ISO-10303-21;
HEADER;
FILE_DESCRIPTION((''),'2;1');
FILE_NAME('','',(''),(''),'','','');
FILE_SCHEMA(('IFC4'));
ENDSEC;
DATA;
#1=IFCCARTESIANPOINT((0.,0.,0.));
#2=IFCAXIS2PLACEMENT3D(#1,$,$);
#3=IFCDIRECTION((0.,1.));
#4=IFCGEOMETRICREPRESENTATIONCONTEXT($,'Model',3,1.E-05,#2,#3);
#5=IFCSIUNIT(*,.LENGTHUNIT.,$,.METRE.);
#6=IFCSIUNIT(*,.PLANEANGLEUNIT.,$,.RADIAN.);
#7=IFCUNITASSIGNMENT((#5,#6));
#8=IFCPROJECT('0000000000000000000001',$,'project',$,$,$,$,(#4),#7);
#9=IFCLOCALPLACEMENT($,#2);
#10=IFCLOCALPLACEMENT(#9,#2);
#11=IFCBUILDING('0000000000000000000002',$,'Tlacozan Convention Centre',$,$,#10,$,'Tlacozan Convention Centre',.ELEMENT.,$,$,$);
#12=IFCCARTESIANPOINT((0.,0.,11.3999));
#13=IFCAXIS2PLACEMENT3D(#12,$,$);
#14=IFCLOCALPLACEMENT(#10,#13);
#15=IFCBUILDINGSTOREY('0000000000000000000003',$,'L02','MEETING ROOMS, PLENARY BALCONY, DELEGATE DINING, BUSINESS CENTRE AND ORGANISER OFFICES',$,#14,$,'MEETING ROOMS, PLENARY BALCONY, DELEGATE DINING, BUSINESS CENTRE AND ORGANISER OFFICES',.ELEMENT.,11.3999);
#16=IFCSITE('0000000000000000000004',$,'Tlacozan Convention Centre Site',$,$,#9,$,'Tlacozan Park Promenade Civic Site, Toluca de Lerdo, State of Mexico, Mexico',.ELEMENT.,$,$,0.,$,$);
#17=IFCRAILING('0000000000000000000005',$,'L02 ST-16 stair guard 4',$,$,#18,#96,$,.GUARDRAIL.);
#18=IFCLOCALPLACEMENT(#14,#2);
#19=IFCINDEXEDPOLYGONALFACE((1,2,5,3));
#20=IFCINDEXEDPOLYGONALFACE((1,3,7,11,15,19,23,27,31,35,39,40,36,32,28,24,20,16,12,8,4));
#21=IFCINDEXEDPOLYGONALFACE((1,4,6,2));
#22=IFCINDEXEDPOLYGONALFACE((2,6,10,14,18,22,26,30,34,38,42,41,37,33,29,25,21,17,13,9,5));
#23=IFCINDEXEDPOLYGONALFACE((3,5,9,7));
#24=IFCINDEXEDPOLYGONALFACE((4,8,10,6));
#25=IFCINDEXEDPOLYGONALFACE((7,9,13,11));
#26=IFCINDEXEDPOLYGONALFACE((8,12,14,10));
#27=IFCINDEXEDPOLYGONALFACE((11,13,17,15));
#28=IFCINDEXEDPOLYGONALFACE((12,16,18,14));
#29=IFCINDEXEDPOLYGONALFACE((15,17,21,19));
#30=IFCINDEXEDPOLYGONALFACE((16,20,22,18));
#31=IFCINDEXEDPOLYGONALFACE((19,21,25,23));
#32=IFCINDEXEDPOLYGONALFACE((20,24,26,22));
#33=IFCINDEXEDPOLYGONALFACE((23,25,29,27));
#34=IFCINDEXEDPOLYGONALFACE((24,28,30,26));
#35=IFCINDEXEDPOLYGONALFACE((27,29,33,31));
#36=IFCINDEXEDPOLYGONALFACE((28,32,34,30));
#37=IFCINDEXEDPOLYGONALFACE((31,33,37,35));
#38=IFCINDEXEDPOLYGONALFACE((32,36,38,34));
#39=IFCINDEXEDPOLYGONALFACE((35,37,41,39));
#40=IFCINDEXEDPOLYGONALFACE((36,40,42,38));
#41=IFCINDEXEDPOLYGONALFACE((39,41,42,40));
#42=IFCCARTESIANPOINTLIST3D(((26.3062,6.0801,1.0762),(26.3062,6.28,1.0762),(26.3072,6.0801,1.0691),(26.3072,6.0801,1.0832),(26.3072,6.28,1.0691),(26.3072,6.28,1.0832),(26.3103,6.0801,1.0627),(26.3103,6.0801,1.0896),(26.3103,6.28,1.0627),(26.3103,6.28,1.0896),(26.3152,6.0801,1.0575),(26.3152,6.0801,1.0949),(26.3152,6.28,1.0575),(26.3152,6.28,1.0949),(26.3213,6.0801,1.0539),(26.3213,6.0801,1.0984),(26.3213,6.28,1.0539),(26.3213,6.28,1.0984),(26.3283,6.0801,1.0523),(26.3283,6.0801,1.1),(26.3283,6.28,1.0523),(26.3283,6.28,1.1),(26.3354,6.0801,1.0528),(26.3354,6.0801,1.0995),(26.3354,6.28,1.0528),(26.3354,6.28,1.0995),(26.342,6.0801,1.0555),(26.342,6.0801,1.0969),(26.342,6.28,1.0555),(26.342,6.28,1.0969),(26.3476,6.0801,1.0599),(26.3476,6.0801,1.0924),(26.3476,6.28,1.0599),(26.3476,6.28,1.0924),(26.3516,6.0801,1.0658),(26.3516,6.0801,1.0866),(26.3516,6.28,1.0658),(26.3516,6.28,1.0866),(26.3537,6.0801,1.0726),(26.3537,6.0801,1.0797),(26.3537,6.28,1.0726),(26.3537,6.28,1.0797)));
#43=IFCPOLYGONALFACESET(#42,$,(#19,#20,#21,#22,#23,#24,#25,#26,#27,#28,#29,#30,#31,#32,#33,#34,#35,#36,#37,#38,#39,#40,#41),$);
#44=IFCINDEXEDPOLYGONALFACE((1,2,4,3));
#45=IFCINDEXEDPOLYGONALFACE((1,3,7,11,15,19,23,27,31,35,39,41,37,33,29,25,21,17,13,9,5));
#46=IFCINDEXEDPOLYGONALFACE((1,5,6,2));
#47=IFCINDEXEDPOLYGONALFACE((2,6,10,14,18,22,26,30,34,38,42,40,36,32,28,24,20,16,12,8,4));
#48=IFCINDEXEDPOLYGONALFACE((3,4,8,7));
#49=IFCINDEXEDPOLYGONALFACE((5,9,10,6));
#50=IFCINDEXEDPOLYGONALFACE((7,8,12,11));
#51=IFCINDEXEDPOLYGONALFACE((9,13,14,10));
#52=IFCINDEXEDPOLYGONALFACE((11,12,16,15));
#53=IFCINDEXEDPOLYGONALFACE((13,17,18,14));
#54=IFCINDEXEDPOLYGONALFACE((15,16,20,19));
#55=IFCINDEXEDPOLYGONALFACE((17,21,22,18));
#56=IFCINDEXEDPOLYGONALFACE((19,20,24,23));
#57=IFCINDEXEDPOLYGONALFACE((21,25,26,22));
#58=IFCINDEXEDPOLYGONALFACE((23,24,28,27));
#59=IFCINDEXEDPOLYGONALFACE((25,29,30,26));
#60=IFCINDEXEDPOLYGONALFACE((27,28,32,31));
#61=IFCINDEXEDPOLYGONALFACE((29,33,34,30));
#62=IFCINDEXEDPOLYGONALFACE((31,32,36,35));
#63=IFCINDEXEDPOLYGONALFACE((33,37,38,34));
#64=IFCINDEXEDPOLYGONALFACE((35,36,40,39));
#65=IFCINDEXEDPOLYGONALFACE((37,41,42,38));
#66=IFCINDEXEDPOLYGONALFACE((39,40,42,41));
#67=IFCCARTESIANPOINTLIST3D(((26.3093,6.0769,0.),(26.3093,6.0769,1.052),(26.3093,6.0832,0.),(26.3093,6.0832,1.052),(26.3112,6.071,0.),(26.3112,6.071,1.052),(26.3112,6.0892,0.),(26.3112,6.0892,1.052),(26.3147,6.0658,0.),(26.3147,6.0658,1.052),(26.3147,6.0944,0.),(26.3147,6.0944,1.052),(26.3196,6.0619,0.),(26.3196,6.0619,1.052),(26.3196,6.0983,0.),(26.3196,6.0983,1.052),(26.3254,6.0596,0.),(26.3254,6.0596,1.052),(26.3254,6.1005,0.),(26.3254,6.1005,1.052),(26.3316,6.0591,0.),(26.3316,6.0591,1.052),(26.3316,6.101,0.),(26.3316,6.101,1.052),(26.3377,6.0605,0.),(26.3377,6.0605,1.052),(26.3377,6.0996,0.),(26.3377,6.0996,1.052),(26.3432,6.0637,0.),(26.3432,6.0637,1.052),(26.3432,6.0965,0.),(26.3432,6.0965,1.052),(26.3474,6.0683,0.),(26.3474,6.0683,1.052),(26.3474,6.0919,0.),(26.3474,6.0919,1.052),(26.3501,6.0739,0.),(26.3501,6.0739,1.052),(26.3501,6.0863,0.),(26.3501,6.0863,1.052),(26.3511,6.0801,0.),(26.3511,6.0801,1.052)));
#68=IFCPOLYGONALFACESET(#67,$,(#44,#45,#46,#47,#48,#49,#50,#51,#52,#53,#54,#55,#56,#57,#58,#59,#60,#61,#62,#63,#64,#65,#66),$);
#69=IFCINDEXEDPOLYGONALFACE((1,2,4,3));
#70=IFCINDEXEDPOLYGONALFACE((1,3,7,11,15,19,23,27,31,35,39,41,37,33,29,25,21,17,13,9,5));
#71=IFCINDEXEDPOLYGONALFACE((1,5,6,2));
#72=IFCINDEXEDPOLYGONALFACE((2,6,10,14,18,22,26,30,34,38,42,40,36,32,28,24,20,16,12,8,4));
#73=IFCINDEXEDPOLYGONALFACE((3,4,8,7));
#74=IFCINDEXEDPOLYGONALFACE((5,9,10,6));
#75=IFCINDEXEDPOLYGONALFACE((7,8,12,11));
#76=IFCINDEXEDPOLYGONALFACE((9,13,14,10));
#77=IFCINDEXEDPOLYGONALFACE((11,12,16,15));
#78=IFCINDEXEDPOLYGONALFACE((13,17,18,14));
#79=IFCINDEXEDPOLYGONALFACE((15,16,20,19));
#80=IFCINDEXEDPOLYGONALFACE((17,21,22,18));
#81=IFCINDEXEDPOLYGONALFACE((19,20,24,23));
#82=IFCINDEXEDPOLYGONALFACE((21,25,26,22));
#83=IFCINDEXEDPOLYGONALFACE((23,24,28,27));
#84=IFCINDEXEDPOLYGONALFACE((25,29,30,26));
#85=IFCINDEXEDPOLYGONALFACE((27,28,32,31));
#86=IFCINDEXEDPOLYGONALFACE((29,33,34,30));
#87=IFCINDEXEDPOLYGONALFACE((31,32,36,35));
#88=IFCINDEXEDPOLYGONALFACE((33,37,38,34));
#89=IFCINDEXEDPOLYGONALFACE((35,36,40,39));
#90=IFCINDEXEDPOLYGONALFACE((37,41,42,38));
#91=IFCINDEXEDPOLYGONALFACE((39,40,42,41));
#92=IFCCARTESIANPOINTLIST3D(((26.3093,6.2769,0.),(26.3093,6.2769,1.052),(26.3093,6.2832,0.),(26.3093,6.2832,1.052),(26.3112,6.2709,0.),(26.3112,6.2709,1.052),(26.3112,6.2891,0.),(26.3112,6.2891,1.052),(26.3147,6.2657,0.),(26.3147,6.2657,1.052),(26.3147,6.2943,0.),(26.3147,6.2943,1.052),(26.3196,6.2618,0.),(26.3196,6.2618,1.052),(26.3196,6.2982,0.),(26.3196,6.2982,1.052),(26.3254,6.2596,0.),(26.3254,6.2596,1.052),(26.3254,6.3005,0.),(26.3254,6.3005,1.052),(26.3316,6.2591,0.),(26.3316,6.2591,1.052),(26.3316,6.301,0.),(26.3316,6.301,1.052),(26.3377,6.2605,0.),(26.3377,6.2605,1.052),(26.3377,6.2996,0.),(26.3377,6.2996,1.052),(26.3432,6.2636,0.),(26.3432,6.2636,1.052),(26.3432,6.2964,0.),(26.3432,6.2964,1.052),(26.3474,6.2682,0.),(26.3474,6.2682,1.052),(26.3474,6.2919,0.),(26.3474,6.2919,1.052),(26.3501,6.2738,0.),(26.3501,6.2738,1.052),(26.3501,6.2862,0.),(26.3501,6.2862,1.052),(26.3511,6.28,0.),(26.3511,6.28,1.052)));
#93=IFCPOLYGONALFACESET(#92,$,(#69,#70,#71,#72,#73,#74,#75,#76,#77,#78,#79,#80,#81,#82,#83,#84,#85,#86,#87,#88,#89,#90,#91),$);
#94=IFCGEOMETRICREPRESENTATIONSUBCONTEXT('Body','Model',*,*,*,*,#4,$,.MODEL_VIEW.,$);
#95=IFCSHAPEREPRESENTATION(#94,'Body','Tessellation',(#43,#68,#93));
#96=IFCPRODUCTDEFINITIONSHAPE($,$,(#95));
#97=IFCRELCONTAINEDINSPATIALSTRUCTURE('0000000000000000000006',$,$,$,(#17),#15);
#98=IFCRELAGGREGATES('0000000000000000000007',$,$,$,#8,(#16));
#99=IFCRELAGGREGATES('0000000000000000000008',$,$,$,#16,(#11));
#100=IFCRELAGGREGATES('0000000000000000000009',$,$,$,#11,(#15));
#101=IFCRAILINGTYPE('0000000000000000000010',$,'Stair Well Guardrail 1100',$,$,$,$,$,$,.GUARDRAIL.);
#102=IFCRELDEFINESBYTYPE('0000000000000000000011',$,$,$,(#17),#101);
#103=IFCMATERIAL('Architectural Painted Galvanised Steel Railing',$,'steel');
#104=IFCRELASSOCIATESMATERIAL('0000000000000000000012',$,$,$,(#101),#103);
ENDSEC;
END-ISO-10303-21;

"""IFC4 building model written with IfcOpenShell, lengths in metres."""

from ifc_helpers import new_model, si_unit, direction, frame, origin, origin_2d, place, context, subcontext, project, spatial, circle, extrude, material, type_object, element, save


model = new_model("IFC4")

# Units and contexts
model_context = context("Model", 3, precision=1e-05, world=origin(), true_north=direction((0.0, 1.0)))
body_context = subcontext(model_context, "Body", "Model", "MODEL_VIEW")
ifc_project = project(units=[si_unit("LENGTHUNIT", "METRE"), si_unit("PLANEANGLEUNIT", "RADIAN")], contexts=[model_context])

# Site, building, storey
site_placement = place(None, origin())
site = spatial("IfcSite", under=ifc_project, at=site_placement, Name="Tlacozan Convention Centre Site", LongName="Tlacozan Park Promenade Civic Site, Toluca de Lerdo, State of Mexico, Mexico", CompositionType="ELEMENT", RefElevation=0.0)
building_placement = place(site_placement, origin())
building = spatial("IfcBuilding", under=site, at=building_placement, Name="Tlacozan Convention Centre", LongName="Tlacozan Convention Centre", CompositionType="ELEMENT")
storey_placement = place(building_placement, frame((0.0, 0.0, 11.3999)))
storey = spatial("IfcBuildingStorey", under=building, at=storey_placement, Name="L02", Description="MEETING ROOMS, PLENARY BALCONY, DELEGATE DINING, BUSINESS CENTRE AND ORGANISER OFFICES", LongName="MEETING ROOMS, PLENARY BALCONY, DELEGATE DINING, BUSINESS CENTRE AND ORGANISER OFFICES", CompositionType="ELEMENT", Elevation=11.3999)

# Railing
ifc_material_1 = material(Name="Architectural Painted Galvanised Steel Railing", Category="steel")
railing_type_1 = type_object("IfcRailingType", Name="Stair Well Guardrail 1100", PredefinedType="GUARDRAIL", material=ifc_material_1)
railing_1_placement = place(storey_placement, frame((26.3301, 6.0801, 0.0)))
element("IfcRailing", 1, at=railing_1_placement, inside=storey, type_object=railing_type_1, Name="L02 ST-16 stair guard 4", PredefinedType="GUARDRAIL", context=body_context, shape_type="SweptSolid", body=[
    extrude(circle(Radius=0.0239, at=origin_2d()), frame((0.0, 0.0, 1.0762), z_axis=(0.0, 1.0, 0.0), x_axis=(-1.0, 0.0, 0.0)), (0.0, 0.0, 1.0), 0.2),
    extrude(circle(Radius=0.021, at=origin_2d()), origin(), (0.0, 0.0, 1.0), 1.052),
    extrude(circle(Radius=0.021, at=origin_2d()), frame((0.0, 0.2, 0.0)), (0.0, 0.0, 1.0), 1.052),
])

save(model, "model.ifc")
